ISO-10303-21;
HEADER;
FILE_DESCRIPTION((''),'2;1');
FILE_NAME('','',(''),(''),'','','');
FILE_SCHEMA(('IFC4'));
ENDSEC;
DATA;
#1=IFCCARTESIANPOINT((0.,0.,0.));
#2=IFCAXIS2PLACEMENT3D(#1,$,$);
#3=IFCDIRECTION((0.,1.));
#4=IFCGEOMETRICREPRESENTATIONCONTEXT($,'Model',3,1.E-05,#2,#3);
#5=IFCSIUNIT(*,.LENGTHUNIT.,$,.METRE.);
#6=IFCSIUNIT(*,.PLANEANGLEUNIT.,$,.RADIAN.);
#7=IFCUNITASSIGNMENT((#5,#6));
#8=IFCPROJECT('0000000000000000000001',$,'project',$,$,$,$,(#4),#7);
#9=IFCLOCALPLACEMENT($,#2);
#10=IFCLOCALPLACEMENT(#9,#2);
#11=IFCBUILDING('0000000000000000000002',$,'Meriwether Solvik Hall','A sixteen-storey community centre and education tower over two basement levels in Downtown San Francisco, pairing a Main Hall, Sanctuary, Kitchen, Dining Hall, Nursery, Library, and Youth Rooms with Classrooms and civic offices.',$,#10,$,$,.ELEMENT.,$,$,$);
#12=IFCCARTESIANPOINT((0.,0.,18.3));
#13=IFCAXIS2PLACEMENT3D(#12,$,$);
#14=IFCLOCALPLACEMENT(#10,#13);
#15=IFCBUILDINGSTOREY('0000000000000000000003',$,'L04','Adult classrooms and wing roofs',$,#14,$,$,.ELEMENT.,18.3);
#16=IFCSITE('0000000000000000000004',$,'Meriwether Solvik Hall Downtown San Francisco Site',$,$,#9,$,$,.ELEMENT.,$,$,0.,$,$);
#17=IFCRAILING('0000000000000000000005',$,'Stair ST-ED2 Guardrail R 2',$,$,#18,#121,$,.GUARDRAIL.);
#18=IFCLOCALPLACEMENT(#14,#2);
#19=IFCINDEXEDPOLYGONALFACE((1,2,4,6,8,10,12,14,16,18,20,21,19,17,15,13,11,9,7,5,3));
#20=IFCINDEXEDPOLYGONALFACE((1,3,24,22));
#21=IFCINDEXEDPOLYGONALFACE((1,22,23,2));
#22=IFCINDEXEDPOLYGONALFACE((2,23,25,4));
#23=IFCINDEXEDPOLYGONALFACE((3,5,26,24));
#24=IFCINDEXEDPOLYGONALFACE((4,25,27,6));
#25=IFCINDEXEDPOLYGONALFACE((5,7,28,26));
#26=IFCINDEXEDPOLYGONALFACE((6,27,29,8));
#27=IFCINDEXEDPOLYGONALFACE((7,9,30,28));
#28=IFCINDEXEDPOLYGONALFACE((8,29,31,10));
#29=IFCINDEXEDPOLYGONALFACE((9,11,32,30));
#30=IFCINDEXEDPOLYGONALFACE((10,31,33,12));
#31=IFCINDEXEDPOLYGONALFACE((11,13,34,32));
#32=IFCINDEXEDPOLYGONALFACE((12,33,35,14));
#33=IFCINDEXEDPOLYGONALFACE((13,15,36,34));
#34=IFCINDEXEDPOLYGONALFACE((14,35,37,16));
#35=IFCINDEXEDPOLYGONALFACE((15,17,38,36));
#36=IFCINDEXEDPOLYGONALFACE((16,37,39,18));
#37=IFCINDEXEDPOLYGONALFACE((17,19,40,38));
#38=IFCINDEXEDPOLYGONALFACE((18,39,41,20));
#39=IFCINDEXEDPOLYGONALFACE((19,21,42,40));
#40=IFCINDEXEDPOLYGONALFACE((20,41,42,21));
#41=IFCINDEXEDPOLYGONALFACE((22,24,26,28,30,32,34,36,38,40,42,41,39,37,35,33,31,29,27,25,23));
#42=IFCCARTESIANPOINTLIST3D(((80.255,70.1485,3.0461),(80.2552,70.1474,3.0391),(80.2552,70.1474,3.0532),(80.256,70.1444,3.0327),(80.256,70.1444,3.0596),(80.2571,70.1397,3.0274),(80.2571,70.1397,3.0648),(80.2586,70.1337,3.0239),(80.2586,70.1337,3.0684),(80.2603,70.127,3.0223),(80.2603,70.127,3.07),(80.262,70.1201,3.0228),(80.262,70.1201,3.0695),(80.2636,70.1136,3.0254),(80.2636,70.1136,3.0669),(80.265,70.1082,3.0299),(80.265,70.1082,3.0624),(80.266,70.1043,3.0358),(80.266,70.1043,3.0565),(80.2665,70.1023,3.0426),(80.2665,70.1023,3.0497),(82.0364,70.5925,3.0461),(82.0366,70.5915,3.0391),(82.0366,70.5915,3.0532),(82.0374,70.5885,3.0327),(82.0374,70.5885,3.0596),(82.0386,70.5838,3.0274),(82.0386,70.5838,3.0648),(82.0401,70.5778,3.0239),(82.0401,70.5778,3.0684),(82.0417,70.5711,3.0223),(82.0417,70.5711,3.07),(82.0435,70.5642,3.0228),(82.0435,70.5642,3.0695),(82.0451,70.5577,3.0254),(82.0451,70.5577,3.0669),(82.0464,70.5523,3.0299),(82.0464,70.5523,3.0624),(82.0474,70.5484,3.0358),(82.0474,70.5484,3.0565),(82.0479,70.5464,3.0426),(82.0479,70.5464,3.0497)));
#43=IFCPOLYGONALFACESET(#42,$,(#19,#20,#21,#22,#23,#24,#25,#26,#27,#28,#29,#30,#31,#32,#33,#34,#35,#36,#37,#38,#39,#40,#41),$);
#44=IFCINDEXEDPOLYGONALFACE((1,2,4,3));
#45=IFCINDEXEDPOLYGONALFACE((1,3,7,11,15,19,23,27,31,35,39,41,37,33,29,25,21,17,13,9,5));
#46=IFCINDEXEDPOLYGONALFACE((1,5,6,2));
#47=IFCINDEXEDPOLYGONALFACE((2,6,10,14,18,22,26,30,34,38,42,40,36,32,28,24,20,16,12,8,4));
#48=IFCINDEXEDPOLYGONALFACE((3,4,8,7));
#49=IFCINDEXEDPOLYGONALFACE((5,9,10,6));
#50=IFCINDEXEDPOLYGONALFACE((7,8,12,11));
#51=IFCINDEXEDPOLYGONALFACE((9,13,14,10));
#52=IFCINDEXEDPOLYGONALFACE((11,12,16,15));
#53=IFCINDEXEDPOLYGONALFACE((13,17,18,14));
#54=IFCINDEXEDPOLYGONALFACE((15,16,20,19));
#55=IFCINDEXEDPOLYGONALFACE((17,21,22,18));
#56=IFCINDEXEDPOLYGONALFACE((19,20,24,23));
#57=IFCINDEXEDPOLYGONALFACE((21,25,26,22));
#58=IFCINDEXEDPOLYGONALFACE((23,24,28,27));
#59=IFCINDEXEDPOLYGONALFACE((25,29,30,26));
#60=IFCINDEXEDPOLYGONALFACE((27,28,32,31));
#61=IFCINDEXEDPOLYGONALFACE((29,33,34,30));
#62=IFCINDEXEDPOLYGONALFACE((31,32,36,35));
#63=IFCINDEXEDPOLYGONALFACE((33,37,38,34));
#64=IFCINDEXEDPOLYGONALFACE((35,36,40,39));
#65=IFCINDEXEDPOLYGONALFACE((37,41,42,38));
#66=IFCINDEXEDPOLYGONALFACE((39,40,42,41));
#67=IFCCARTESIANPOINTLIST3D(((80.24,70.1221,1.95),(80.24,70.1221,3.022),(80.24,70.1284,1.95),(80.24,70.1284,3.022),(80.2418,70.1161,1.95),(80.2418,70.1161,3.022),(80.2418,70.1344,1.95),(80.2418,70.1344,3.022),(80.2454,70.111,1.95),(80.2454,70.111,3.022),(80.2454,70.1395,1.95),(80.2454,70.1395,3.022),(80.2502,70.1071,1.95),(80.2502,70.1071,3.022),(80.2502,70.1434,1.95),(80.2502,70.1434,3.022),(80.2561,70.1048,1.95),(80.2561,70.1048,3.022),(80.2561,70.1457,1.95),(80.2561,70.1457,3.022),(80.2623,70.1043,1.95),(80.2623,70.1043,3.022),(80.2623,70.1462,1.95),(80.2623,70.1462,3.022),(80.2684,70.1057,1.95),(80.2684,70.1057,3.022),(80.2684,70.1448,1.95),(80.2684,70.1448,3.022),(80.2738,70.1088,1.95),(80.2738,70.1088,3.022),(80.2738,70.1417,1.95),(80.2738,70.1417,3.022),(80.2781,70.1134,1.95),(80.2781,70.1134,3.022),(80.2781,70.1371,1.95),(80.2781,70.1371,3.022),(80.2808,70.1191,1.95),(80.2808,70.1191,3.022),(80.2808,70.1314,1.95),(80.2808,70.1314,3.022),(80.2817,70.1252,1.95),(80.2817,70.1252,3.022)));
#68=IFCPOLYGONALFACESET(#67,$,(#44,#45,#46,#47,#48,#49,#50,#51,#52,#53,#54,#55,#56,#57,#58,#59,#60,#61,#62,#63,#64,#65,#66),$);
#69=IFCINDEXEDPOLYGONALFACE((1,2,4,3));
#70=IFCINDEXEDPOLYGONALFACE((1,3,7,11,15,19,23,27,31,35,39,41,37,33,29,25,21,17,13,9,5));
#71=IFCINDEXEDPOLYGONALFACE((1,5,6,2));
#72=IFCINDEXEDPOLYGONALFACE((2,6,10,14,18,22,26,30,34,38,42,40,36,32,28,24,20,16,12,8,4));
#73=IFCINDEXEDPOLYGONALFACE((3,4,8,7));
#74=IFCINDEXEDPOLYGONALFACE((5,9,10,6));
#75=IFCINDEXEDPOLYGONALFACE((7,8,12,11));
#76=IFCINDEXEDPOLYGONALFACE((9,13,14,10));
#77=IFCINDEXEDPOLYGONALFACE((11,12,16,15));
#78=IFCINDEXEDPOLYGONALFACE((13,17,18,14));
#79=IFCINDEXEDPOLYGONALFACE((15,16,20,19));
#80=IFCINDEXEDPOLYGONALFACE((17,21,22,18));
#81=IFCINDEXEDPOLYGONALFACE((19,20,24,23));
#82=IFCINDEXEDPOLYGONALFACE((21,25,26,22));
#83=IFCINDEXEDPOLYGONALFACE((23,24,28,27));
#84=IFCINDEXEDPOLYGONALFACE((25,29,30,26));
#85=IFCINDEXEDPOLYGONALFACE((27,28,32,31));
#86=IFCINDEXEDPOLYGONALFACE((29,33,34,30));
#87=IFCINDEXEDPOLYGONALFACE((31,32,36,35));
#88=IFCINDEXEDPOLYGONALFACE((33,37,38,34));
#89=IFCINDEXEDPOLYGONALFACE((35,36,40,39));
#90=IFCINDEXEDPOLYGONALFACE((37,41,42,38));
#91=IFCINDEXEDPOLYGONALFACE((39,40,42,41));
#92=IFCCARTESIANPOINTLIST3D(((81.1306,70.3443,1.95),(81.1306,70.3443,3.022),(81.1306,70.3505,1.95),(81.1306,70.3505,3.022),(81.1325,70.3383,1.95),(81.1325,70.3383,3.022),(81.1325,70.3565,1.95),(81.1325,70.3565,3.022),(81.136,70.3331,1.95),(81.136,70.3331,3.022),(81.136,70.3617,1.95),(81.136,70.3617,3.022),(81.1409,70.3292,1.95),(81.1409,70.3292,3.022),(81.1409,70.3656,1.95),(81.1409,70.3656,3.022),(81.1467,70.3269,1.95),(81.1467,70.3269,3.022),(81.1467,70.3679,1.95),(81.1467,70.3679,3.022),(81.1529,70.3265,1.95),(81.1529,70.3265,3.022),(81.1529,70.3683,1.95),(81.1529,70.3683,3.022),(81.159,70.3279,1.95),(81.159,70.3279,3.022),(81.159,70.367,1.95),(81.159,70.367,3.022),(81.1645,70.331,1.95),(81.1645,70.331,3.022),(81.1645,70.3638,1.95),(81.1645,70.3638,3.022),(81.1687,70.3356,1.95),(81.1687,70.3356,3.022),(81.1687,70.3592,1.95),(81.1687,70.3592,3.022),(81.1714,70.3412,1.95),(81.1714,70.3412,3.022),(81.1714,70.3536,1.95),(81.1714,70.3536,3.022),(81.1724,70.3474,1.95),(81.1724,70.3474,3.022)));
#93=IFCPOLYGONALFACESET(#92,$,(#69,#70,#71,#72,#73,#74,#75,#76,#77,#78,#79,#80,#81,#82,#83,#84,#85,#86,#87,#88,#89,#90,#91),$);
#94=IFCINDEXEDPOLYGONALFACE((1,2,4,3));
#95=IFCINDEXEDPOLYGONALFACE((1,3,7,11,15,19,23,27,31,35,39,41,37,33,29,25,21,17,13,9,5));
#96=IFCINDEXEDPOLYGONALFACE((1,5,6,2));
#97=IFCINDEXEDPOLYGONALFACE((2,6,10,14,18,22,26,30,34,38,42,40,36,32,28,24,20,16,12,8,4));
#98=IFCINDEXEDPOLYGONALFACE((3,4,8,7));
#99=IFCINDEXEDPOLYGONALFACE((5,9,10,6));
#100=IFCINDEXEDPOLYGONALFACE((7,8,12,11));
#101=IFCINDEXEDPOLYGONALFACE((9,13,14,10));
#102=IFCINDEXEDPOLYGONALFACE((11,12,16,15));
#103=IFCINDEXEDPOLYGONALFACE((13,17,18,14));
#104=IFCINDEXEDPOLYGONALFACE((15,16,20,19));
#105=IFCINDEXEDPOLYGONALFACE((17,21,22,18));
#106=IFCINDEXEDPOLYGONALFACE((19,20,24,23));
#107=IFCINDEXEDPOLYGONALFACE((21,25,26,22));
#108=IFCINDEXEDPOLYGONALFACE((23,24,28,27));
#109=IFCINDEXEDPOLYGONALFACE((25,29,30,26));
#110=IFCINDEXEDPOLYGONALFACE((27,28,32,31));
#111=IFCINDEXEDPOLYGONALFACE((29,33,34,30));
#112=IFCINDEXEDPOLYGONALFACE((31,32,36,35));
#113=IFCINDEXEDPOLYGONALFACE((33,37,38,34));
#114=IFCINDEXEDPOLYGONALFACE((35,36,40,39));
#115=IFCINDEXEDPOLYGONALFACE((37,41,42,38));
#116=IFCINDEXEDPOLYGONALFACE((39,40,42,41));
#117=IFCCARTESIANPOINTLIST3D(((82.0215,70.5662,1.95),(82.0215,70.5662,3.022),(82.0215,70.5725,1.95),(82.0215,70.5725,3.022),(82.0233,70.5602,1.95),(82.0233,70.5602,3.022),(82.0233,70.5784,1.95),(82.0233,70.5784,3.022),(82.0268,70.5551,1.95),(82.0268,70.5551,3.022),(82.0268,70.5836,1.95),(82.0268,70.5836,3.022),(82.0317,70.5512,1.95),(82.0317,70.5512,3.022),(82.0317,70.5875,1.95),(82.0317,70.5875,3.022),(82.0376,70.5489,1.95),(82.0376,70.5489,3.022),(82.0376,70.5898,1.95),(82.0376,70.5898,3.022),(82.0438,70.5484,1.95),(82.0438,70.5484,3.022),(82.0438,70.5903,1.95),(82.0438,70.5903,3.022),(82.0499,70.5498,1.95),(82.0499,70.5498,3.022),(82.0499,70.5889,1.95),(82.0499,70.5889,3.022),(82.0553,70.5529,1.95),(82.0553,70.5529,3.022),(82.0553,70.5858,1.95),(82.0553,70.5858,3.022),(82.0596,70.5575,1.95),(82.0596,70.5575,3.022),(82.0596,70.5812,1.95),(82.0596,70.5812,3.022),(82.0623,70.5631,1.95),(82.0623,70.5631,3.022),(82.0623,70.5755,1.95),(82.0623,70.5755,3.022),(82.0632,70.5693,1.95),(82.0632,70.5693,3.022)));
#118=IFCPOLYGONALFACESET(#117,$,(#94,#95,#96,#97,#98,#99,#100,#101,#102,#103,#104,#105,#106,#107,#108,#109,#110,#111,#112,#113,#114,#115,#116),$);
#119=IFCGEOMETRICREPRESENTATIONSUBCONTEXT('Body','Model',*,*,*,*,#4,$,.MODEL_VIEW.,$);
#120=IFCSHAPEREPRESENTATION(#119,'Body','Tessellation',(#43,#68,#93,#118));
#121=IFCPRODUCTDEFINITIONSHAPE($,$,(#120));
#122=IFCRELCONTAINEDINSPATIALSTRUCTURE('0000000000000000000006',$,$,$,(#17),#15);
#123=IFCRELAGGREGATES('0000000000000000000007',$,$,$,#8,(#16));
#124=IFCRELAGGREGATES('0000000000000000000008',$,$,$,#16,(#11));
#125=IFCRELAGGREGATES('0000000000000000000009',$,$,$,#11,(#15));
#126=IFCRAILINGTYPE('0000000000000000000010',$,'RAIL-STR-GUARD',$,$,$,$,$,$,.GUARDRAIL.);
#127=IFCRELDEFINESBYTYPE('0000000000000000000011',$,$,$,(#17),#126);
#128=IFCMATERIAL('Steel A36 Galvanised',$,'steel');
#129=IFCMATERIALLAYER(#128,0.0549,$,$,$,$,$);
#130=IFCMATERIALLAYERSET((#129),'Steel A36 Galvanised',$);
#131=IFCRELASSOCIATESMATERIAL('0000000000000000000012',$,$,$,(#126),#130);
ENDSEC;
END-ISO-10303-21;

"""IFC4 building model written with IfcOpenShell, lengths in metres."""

from ifc_helpers import new_model, si_unit, direction, frame, origin, origin_2d, place, context, subcontext, project, spatial, circle, extrude, material, layer, layer_set, type_object, element, save


model = new_model("IFC4")

# Units and contexts
model_context = context("Model", 3, precision=1e-05, world=origin(), true_north=direction((0.0, 1.0)))
body_context = subcontext(model_context, "Body", "Model", "MODEL_VIEW")
ifc_project = project(units=[si_unit("LENGTHUNIT", "METRE"), si_unit("PLANEANGLEUNIT", "RADIAN")], contexts=[model_context])

# Site, building, storey
site_placement = place(None, origin())
site = spatial("IfcSite", under=ifc_project, at=site_placement, Name="Meriwether Solvik Hall Downtown San Francisco Site", CompositionType="ELEMENT", RefElevation=0.0)
building_placement = place(site_placement, origin())
building = spatial("IfcBuilding", under=site, at=building_placement, Name="Meriwether Solvik Hall", Description="A sixteen-storey community centre and education tower over two basement levels in Downtown San Francisco, pairing a Main Hall, Sanctuary, Kitchen, Dining Hall, Nursery, Library, and Youth Rooms with Classrooms and civic offices.", CompositionType="ELEMENT")
storey_placement = place(building_placement, frame((0.0, 0.0, 18.3)))
storey = spatial("IfcBuildingStorey", under=building, at=storey_placement, Name="L04", Description="Adult classrooms and wing roofs", CompositionType="ELEMENT", Elevation=18.3)

# Railing
ifc_material_1 = material(Name="Steel A36 Galvanised", Category="steel")
ifc_layer_1 = layer(ifc_material_1, 0.0549)
ifc_layer_set_1 = layer_set([ifc_layer_1], Name="Steel A36 Galvanised")
railing_type_1 = type_object("IfcRailingType", Name="RAIL-STR-GUARD", PredefinedType="GUARDRAIL", material=ifc_layer_set_1)
railing_1_placement = place(storey_placement, frame((80.2607, 70.1252, 1.95)))
element("IfcRailing", 1, at=railing_1_placement, inside=storey, type_object=railing_type_1, Name="Stair ST-ED2 Guardrail R 2", PredefinedType="GUARDRAIL", context=body_context, shape_type="SweptSolid", body=[
    extrude(circle(Radius=0.0239, at=origin_2d()), frame((0.0, 0.0, 1.0962), z_axis=(0.970307, 0.241879, 0.0), x_axis=(-0.241879, 0.970307, 0.0)), (0.0, 0.0, 1.0), 1.8359),
    extrude(circle(Radius=0.021, at=origin_2d()), origin(), (0.0, 0.0, 1.0), 1.072),
    extrude(circle(Radius=0.021, at=origin_2d()), frame((0.8906, 0.2222, 0.0)), (0.0, 0.0, 1.0), 1.072),
    extrude(circle(Radius=0.021, at=origin_2d()), frame((1.7815, 0.4441, 0.0)), (0.0, 0.0, 1.0), 1.072),
])

save(model, "model.ifc")
